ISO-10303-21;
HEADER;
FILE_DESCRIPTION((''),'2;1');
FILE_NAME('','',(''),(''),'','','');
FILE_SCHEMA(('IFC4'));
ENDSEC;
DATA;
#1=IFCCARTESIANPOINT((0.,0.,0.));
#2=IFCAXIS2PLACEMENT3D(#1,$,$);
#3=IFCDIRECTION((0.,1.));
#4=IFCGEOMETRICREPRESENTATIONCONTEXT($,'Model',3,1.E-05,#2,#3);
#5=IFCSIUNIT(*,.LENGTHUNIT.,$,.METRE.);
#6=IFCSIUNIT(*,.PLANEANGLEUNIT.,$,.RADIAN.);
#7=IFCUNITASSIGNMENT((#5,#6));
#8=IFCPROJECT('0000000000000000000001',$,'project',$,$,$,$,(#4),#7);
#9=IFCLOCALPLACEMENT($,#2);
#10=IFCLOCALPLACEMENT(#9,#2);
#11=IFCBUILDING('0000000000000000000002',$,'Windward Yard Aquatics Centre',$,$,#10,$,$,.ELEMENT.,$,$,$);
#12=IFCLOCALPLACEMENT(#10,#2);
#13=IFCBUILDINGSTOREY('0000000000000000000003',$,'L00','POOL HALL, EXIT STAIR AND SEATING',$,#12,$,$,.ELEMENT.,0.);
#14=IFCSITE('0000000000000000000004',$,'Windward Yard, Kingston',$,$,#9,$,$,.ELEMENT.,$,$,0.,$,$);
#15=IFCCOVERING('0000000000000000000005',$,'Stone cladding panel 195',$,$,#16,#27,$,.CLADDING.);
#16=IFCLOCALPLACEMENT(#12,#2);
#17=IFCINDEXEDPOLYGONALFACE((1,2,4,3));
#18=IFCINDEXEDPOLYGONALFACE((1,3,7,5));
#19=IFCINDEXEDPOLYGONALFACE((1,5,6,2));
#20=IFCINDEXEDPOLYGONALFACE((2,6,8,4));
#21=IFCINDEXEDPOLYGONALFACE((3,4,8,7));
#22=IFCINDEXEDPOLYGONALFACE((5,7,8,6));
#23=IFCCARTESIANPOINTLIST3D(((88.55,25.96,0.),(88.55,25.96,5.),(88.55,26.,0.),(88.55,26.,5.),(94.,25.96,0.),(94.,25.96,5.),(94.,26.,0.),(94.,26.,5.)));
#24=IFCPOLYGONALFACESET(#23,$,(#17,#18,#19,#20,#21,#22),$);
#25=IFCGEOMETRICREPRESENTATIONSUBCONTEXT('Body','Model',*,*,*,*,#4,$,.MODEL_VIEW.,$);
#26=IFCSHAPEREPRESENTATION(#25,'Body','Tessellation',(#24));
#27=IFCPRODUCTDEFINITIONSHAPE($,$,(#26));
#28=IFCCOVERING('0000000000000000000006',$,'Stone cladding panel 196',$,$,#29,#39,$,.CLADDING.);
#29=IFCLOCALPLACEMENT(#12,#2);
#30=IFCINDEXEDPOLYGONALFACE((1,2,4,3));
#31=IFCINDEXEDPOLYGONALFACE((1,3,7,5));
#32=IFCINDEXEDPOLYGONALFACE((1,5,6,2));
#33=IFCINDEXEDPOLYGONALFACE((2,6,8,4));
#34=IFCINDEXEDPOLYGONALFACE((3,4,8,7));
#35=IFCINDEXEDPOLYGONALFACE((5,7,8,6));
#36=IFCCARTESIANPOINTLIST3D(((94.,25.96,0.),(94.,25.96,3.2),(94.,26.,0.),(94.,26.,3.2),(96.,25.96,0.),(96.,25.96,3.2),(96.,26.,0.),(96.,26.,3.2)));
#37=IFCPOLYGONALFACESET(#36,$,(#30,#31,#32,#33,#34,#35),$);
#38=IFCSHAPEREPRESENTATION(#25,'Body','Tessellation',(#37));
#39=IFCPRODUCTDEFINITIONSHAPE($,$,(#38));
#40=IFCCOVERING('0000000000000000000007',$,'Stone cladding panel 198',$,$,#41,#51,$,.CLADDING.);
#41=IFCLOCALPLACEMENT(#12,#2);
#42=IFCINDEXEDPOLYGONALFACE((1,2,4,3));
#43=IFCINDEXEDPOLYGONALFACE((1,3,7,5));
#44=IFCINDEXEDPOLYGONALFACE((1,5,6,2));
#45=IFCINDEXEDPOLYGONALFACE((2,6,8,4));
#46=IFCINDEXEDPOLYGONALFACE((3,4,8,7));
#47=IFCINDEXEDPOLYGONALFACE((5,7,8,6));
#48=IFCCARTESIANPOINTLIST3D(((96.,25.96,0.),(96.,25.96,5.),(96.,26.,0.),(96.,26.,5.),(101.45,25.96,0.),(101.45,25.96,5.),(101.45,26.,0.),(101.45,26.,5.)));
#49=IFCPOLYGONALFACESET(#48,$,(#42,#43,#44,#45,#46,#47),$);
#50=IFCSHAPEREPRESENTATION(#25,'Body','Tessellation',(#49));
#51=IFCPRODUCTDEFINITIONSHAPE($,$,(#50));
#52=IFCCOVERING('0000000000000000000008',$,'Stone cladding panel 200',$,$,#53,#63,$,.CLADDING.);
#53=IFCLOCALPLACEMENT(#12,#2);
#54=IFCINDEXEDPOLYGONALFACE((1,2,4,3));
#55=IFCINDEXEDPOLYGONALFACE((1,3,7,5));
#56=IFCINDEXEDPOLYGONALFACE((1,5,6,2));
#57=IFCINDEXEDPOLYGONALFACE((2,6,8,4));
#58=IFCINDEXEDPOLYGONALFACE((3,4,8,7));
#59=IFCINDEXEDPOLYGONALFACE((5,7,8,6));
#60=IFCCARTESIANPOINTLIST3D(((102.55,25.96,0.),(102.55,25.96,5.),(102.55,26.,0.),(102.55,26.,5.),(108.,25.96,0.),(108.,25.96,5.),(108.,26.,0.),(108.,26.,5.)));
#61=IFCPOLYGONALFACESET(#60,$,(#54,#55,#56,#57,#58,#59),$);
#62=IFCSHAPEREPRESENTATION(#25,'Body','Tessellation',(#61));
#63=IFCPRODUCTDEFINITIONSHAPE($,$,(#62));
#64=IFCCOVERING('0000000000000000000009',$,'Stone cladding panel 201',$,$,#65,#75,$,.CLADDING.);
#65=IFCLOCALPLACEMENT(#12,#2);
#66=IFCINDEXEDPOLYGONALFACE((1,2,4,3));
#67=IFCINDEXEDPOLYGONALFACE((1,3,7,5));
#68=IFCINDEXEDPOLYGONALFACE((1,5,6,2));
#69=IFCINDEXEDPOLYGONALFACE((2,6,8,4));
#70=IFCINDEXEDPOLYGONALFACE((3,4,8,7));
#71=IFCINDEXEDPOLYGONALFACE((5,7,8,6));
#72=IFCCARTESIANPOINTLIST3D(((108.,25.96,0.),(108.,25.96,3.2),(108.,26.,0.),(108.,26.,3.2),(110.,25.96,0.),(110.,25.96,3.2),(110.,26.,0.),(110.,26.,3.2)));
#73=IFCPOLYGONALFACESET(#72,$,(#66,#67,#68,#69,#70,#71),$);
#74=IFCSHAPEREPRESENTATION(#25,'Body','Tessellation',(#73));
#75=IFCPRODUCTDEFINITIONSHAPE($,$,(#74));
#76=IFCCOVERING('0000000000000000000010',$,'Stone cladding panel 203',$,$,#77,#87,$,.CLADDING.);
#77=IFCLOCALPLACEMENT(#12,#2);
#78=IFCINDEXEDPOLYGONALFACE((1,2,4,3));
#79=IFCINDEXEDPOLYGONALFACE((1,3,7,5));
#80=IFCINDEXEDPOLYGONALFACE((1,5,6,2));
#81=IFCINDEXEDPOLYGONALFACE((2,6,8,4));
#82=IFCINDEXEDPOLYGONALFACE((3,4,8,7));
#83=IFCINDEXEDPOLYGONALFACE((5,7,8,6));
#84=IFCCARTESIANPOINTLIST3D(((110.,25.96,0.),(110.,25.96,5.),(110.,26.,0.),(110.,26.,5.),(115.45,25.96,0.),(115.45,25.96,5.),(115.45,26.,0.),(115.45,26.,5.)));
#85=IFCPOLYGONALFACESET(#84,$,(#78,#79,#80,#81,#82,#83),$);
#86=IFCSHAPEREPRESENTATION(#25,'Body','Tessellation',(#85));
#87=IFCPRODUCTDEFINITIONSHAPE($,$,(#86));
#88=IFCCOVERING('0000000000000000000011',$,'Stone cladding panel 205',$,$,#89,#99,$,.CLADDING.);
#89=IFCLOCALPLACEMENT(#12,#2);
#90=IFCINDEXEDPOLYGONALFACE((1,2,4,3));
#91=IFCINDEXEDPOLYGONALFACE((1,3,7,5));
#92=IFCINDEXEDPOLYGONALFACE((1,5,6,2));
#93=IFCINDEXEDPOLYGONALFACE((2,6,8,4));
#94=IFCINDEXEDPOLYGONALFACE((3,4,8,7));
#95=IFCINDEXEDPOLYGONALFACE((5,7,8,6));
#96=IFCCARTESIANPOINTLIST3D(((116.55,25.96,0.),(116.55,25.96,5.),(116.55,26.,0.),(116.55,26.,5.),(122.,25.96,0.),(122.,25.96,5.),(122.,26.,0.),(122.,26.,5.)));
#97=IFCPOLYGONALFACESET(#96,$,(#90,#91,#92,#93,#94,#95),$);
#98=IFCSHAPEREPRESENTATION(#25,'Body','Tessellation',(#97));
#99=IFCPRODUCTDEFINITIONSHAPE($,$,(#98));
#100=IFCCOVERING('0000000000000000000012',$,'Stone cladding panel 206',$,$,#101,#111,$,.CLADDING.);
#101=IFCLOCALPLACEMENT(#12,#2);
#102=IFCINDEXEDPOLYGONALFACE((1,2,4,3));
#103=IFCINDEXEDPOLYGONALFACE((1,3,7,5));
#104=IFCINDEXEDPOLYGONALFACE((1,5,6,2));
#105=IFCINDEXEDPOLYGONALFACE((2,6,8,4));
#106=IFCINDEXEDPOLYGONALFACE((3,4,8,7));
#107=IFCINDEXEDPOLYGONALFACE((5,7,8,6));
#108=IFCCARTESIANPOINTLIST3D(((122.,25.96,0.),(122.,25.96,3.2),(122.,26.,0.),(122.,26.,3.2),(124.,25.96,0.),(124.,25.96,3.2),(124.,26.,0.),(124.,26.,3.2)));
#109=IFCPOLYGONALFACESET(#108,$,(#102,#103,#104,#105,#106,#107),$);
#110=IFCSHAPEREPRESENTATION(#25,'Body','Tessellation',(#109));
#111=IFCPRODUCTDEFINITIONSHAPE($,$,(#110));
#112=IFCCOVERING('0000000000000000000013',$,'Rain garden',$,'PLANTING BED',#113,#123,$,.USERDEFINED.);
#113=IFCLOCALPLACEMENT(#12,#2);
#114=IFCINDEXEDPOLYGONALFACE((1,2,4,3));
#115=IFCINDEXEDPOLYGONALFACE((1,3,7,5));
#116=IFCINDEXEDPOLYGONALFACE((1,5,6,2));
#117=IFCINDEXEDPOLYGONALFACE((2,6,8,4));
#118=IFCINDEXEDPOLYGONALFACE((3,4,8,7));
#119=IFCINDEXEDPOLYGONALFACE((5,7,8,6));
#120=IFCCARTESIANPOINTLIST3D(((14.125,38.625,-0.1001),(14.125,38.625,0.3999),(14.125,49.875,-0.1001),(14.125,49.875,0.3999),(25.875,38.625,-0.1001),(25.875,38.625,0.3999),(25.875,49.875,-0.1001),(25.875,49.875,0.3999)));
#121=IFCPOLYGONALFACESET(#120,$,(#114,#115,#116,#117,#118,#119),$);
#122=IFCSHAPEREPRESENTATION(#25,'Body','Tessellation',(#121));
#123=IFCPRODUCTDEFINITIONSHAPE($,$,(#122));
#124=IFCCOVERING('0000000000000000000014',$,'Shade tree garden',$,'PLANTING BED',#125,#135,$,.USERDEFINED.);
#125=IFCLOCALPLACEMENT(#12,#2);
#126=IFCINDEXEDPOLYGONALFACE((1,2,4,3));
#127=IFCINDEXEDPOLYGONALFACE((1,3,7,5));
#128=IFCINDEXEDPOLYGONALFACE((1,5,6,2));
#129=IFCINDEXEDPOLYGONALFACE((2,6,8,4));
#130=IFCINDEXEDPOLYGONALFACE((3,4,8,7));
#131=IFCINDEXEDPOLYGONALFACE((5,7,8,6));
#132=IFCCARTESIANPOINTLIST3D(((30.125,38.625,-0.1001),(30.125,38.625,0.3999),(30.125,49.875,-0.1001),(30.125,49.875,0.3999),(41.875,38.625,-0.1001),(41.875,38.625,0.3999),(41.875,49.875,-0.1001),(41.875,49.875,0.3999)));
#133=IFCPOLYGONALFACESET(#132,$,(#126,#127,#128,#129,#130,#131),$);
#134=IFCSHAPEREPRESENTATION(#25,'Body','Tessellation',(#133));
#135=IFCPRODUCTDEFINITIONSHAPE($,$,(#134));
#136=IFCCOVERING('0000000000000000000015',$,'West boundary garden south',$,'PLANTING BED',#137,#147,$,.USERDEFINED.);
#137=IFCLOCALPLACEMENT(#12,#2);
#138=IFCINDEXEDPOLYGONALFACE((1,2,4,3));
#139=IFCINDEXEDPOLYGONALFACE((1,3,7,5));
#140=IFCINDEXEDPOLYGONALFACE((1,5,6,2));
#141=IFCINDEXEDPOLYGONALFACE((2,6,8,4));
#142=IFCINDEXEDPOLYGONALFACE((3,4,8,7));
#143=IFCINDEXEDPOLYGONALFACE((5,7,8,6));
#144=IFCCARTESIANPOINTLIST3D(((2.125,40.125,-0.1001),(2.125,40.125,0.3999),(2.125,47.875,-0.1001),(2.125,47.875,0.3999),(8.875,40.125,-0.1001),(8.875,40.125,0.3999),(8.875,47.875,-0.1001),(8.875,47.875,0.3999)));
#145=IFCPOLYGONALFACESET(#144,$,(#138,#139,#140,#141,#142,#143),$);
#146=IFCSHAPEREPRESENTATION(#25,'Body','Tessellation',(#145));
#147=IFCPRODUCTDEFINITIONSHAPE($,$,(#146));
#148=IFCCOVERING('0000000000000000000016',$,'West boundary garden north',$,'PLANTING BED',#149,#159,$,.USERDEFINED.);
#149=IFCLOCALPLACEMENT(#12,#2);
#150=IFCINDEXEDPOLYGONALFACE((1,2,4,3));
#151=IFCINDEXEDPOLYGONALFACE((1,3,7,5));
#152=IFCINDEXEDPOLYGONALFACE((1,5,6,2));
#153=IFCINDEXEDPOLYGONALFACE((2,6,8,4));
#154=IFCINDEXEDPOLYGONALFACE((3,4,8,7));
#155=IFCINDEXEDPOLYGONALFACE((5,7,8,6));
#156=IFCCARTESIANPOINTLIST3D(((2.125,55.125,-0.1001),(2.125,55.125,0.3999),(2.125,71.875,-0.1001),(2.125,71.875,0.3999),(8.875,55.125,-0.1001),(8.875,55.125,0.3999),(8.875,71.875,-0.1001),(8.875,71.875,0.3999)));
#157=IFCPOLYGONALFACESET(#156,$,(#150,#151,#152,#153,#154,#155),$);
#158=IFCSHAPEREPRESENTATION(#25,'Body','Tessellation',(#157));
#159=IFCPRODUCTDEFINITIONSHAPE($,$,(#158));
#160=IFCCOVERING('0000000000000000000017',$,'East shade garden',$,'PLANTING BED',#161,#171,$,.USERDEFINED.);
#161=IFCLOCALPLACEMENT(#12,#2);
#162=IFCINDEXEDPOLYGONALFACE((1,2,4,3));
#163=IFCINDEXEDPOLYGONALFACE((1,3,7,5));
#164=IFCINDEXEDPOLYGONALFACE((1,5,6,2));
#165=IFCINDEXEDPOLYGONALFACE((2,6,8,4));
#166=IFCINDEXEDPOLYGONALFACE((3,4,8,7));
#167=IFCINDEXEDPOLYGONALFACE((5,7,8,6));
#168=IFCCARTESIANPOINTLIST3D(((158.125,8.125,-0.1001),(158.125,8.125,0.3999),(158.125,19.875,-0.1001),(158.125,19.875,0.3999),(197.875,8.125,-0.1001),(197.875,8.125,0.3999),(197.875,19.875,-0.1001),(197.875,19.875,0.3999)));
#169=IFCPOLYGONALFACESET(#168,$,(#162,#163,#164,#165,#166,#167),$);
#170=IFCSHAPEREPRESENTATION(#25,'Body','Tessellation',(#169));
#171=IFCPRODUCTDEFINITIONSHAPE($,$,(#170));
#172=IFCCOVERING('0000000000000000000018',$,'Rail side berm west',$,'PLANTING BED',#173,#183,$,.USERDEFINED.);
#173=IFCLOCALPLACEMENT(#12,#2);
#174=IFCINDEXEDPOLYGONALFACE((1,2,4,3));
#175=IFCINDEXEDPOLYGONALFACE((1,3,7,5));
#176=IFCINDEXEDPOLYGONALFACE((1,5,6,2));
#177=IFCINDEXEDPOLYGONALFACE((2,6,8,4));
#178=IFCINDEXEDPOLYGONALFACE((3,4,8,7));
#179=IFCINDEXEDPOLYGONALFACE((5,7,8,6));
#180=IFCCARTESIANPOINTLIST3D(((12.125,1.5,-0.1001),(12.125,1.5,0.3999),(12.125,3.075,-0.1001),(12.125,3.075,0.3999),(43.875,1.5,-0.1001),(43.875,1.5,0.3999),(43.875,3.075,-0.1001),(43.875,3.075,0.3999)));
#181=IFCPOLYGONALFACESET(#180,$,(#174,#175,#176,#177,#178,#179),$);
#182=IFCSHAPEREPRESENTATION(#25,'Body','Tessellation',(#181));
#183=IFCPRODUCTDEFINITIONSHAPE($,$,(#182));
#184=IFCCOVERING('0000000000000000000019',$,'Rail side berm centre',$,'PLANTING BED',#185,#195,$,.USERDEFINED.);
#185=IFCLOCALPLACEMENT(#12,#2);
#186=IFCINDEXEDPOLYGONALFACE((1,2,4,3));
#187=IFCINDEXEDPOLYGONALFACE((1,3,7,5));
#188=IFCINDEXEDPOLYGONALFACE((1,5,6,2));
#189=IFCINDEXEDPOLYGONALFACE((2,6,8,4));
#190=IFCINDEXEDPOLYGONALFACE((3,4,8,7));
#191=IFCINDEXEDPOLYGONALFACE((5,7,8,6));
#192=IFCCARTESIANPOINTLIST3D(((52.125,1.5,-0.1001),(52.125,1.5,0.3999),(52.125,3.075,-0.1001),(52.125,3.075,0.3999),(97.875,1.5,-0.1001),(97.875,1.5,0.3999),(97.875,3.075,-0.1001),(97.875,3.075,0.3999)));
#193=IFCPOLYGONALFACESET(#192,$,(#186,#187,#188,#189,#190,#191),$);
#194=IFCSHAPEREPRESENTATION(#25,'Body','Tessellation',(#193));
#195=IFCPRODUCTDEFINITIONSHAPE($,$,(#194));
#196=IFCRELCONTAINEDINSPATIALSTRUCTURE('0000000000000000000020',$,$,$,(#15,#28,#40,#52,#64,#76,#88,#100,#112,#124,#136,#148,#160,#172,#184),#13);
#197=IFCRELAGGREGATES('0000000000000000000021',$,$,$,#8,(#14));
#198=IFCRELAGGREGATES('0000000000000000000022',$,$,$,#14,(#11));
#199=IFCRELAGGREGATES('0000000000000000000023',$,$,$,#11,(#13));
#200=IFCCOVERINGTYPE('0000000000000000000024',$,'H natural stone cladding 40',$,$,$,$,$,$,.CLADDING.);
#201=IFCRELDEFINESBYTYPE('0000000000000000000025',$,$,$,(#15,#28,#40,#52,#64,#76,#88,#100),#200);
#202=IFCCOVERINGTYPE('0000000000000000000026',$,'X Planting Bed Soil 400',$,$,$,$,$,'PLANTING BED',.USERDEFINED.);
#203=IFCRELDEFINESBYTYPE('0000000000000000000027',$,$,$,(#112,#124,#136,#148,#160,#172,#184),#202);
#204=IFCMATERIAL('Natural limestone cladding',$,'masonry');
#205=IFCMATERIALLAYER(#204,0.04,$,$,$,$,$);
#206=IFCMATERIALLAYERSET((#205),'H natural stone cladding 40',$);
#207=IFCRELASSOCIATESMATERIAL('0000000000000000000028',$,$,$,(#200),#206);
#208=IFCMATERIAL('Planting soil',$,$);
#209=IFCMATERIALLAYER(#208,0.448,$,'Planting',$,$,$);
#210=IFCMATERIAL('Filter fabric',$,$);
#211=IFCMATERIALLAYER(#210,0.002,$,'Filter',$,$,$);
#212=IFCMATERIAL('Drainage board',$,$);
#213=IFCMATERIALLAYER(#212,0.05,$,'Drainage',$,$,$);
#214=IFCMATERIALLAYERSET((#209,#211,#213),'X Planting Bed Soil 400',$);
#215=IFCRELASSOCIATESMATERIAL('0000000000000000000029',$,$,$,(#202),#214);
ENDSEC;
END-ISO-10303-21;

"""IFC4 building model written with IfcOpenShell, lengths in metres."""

from ifc_helpers import new_model, si_unit, direction, frame, origin, place, context, subcontext, project, spatial, polyline, outline, extrude, material, layer, layer_set, type_object, element, save


model = new_model("IFC4")

# Units and contexts
model_context = context("Model", 3, precision=1e-05, world=origin(), true_north=direction((0.0, 1.0)))
body_context = subcontext(model_context, "Body", "Model", "MODEL_VIEW")
ifc_project = project(units=[si_unit("LENGTHUNIT", "METRE"), si_unit("PLANEANGLEUNIT", "RADIAN")], contexts=[model_context])

# Site, building, storey
site_placement = place(None, origin())
site = spatial("IfcSite", under=ifc_project, at=site_placement, Name="Windward Yard, Kingston", CompositionType="ELEMENT", RefElevation=0.0)
building_placement = place(site_placement, origin())
building = spatial("IfcBuilding", under=site, at=building_placement, Name="Windward Yard Aquatics Centre", CompositionType="ELEMENT")
storey_placement = place(building_placement, origin())
storey = spatial("IfcBuildingStorey", under=building, at=storey_placement, Name="L00", Description="POOL HALL, EXIT STAIR AND SEATING", CompositionType="ELEMENT", Elevation=0.0)

# Coverings
ifc_material_1 = material(Name="Natural limestone cladding", Category="masonry")
ifc_layer_1 = layer(ifc_material_1, 0.04)
ifc_layer_set_1 = layer_set([ifc_layer_1], Name="H natural stone cladding 40")
covering_type_1 = type_object("IfcCoveringType", Name="H natural stone cladding 40", PredefinedType="CLADDING", material=ifc_layer_set_1)
covering_1_placement = place(storey_placement, origin())
element("IfcCovering", 1, at=covering_1_placement, inside=storey, type_object=covering_type_1, Name="Stone cladding panel 195", PredefinedType="CLADDING", context=body_context, shape_type="SweptSolid", body=[
    extrude(outline(polyline([(88.55, 25.96), (88.55, 26.0), (94.0, 26.0), (94.0, 25.96), (88.55, 25.96)])), origin(), (0.0, 0.0, 1.0), 5.0),
])
covering_2_placement = place(storey_placement, origin())
element("IfcCovering", 2, at=covering_2_placement, inside=storey, type_object=covering_type_1, Name="Stone cladding panel 196", PredefinedType="CLADDING", context=body_context, shape_type="SweptSolid", body=[
    extrude(outline(polyline([(94.0, 25.96), (94.0, 26.0), (96.0, 26.0), (96.0, 25.96), (94.0, 25.96)])), origin(), (0.0, 0.0, 1.0), 3.2),
])
covering_3_placement = place(storey_placement, origin())
element("IfcCovering", 3, at=covering_3_placement, inside=storey, type_object=covering_type_1, Name="Stone cladding panel 198", PredefinedType="CLADDING", context=body_context, shape_type="SweptSolid", body=[
    extrude(outline(polyline([(96.0, 25.96), (96.0, 26.0), (101.45, 26.0), (101.45, 25.96), (96.0, 25.96)])), origin(), (0.0, 0.0, 1.0), 5.0),
])
covering_4_placement = place(storey_placement, origin())
element("IfcCovering", 4, at=covering_4_placement, inside=storey, type_object=covering_type_1, Name="Stone cladding panel 200", PredefinedType="CLADDING", context=body_context, shape_type="SweptSolid", body=[
    extrude(outline(polyline([(102.55, 25.96), (102.55, 26.0), (108.0, 26.0), (108.0, 25.96), (102.55, 25.96)])), origin(), (0.0, 0.0, 1.0), 5.0),
])
covering_5_placement = place(storey_placement, origin())
element("IfcCovering", 5, at=covering_5_placement, inside=storey, type_object=covering_type_1, Name="Stone cladding panel 201", PredefinedType="CLADDING", context=body_context, shape_type="SweptSolid", body=[
    extrude(outline(polyline([(108.0, 25.96), (108.0, 26.0), (110.0, 26.0), (110.0, 25.96), (108.0, 25.96)])), origin(), (0.0, 0.0, 1.0), 3.2),
])
covering_6_placement = place(storey_placement, origin())
element("IfcCovering", 6, at=covering_6_placement, inside=storey, type_object=covering_type_1, Name="Stone cladding panel 203", PredefinedType="CLADDING", context=body_context, shape_type="SweptSolid", body=[
    extrude(outline(polyline([(110.0, 25.96), (110.0, 26.0), (115.45, 26.0), (115.45, 25.96), (110.0, 25.96)])), origin(), (0.0, 0.0, 1.0), 5.0),
])
covering_7_placement = place(storey_placement, origin())
element("IfcCovering", 7, at=covering_7_placement, inside=storey, type_object=covering_type_1, Name="Stone cladding panel 205", PredefinedType="CLADDING", context=body_context, shape_type="SweptSolid", body=[
    extrude(outline(polyline([(116.55, 25.96), (116.55, 26.0), (122.0, 26.0), (122.0, 25.96), (116.55, 25.96)])), origin(), (0.0, 0.0, 1.0), 5.0),
])
covering_8_placement = place(storey_placement, origin())
element("IfcCovering", 8, at=covering_8_placement, inside=storey, type_object=covering_type_1, Name="Stone cladding panel 206", PredefinedType="CLADDING", context=body_context, shape_type="SweptSolid", body=[
    extrude(outline(polyline([(122.0, 25.96), (122.0, 26.0), (124.0, 26.0), (124.0, 25.96), (122.0, 25.96)])), origin(), (0.0, 0.0, 1.0), 3.2),
])
ifc_material_2 = material(Name="Planting soil")
ifc_layer_2 = layer(ifc_material_2, 0.448, Name="Planting")
ifc_material_3 = material(Name="Filter fabric")
ifc_layer_3 = layer(ifc_material_3, 0.002, Name="Filter")
ifc_material_4 = material(Name="Drainage board")
ifc_layer_4 = layer(ifc_material_4, 0.05, Name="Drainage")
ifc_layer_set_2 = layer_set([ifc_layer_2, ifc_layer_3, ifc_layer_4], Name="X Planting Bed Soil 400")
covering_type_2 = type_object("IfcCoveringType", Name="X Planting Bed Soil 400", ElementType="PLANTING BED", PredefinedType="USERDEFINED", material=ifc_layer_set_2)
covering_9_placement = place(storey_placement, frame((0.0, 0.0, -0.1001)))
element("IfcCovering", 9, at=covering_9_placement, inside=storey, type_object=covering_type_2, Name="Rain garden", ObjectType="PLANTING BED", PredefinedType="USERDEFINED", context=body_context, shape_type="SweptSolid", body=[
    extrude(outline(polyline([(14.125, 38.625), (25.875, 38.625), (25.875, 49.875), (14.125, 49.875), (14.125, 38.625)])), origin(), (0.0, 0.0, 1.0), 0.5),
])
covering_10_placement = place(storey_placement, frame((0.0, 0.0, -0.1001)))
element("IfcCovering", 10, at=covering_10_placement, inside=storey, type_object=covering_type_2, Name="Shade tree garden", ObjectType="PLANTING BED", PredefinedType="USERDEFINED", context=body_context, shape_type="SweptSolid", body=[
    extrude(outline(polyline([(30.125, 38.625), (41.875, 38.625), (41.875, 49.875), (30.125, 49.875), (30.125, 38.625)])), origin(), (0.0, 0.0, 1.0), 0.5),
])
covering_11_placement = place(storey_placement, frame((0.0, 0.0, -0.1001)))
element("IfcCovering", 11, at=covering_11_placement, inside=storey, type_object=covering_type_2, Name="West boundary garden south", ObjectType="PLANTING BED", PredefinedType="USERDEFINED", context=body_context, shape_type="SweptSolid", body=[
    extrude(outline(polyline([(2.125, 40.125), (8.875, 40.125), (8.875, 47.875), (2.125, 47.875), (2.125, 40.125)])), origin(), (0.0, 0.0, 1.0), 0.5),
])
covering_12_placement = place(storey_placement, frame((0.0, 0.0, -0.1001)))
element("IfcCovering", 12, at=covering_12_placement, inside=storey, type_object=covering_type_2, Name="West boundary garden north", ObjectType="PLANTING BED", PredefinedType="USERDEFINED", context=body_context, shape_type="SweptSolid", body=[
    extrude(outline(polyline([(2.125, 55.125), (8.875, 55.125), (8.875, 71.875), (2.125, 71.875), (2.125, 55.125)])), origin(), (0.0, 0.0, 1.0), 0.5),
])
covering_13_placement = place(storey_placement, frame((0.0, 0.0, -0.1001)))
element("IfcCovering", 13, at=covering_13_placement, inside=storey, type_object=covering_type_2, Name="East shade garden", ObjectType="PLANTING BED", PredefinedType="USERDEFINED", context=body_context, shape_type="SweptSolid", body=[
    extrude(outline(polyline([(158.125, 8.125), (197.875, 8.125), (197.875, 19.875), (158.125, 19.875), (158.125, 8.125)])), origin(), (0.0, 0.0, 1.0), 0.5),
])
covering_14_placement = place(storey_placement, frame((0.0, 0.0, -0.1001)))
element("IfcCovering", 14, at=covering_14_placement, inside=storey, type_object=covering_type_2, Name="Rail side berm west", ObjectType="PLANTING BED", PredefinedType="USERDEFINED", context=body_context, shape_type="SweptSolid", body=[
    extrude(outline(polyline([(12.125, 1.5), (43.875, 1.5), (43.875, 3.075), (12.125, 3.075), (12.125, 1.5)])), origin(), (0.0, 0.0, 1.0), 0.5),
])
covering_15_placement = place(storey_placement, frame((0.0, 0.0, -0.1001)))
element("IfcCovering", 15, at=covering_15_placement, inside=storey, type_object=covering_type_2, Name="Rail side berm centre", ObjectType="PLANTING BED", PredefinedType="USERDEFINED", context=body_context, shape_type="SweptSolid", body=[
    extrude(outline(polyline([(52.125, 1.5), (97.875, 1.5), (97.875, 3.075), (52.125, 3.075), (52.125, 1.5)])), origin(), (0.0, 0.0, 1.0), 0.5),
])

save(model, "model.ifc")
